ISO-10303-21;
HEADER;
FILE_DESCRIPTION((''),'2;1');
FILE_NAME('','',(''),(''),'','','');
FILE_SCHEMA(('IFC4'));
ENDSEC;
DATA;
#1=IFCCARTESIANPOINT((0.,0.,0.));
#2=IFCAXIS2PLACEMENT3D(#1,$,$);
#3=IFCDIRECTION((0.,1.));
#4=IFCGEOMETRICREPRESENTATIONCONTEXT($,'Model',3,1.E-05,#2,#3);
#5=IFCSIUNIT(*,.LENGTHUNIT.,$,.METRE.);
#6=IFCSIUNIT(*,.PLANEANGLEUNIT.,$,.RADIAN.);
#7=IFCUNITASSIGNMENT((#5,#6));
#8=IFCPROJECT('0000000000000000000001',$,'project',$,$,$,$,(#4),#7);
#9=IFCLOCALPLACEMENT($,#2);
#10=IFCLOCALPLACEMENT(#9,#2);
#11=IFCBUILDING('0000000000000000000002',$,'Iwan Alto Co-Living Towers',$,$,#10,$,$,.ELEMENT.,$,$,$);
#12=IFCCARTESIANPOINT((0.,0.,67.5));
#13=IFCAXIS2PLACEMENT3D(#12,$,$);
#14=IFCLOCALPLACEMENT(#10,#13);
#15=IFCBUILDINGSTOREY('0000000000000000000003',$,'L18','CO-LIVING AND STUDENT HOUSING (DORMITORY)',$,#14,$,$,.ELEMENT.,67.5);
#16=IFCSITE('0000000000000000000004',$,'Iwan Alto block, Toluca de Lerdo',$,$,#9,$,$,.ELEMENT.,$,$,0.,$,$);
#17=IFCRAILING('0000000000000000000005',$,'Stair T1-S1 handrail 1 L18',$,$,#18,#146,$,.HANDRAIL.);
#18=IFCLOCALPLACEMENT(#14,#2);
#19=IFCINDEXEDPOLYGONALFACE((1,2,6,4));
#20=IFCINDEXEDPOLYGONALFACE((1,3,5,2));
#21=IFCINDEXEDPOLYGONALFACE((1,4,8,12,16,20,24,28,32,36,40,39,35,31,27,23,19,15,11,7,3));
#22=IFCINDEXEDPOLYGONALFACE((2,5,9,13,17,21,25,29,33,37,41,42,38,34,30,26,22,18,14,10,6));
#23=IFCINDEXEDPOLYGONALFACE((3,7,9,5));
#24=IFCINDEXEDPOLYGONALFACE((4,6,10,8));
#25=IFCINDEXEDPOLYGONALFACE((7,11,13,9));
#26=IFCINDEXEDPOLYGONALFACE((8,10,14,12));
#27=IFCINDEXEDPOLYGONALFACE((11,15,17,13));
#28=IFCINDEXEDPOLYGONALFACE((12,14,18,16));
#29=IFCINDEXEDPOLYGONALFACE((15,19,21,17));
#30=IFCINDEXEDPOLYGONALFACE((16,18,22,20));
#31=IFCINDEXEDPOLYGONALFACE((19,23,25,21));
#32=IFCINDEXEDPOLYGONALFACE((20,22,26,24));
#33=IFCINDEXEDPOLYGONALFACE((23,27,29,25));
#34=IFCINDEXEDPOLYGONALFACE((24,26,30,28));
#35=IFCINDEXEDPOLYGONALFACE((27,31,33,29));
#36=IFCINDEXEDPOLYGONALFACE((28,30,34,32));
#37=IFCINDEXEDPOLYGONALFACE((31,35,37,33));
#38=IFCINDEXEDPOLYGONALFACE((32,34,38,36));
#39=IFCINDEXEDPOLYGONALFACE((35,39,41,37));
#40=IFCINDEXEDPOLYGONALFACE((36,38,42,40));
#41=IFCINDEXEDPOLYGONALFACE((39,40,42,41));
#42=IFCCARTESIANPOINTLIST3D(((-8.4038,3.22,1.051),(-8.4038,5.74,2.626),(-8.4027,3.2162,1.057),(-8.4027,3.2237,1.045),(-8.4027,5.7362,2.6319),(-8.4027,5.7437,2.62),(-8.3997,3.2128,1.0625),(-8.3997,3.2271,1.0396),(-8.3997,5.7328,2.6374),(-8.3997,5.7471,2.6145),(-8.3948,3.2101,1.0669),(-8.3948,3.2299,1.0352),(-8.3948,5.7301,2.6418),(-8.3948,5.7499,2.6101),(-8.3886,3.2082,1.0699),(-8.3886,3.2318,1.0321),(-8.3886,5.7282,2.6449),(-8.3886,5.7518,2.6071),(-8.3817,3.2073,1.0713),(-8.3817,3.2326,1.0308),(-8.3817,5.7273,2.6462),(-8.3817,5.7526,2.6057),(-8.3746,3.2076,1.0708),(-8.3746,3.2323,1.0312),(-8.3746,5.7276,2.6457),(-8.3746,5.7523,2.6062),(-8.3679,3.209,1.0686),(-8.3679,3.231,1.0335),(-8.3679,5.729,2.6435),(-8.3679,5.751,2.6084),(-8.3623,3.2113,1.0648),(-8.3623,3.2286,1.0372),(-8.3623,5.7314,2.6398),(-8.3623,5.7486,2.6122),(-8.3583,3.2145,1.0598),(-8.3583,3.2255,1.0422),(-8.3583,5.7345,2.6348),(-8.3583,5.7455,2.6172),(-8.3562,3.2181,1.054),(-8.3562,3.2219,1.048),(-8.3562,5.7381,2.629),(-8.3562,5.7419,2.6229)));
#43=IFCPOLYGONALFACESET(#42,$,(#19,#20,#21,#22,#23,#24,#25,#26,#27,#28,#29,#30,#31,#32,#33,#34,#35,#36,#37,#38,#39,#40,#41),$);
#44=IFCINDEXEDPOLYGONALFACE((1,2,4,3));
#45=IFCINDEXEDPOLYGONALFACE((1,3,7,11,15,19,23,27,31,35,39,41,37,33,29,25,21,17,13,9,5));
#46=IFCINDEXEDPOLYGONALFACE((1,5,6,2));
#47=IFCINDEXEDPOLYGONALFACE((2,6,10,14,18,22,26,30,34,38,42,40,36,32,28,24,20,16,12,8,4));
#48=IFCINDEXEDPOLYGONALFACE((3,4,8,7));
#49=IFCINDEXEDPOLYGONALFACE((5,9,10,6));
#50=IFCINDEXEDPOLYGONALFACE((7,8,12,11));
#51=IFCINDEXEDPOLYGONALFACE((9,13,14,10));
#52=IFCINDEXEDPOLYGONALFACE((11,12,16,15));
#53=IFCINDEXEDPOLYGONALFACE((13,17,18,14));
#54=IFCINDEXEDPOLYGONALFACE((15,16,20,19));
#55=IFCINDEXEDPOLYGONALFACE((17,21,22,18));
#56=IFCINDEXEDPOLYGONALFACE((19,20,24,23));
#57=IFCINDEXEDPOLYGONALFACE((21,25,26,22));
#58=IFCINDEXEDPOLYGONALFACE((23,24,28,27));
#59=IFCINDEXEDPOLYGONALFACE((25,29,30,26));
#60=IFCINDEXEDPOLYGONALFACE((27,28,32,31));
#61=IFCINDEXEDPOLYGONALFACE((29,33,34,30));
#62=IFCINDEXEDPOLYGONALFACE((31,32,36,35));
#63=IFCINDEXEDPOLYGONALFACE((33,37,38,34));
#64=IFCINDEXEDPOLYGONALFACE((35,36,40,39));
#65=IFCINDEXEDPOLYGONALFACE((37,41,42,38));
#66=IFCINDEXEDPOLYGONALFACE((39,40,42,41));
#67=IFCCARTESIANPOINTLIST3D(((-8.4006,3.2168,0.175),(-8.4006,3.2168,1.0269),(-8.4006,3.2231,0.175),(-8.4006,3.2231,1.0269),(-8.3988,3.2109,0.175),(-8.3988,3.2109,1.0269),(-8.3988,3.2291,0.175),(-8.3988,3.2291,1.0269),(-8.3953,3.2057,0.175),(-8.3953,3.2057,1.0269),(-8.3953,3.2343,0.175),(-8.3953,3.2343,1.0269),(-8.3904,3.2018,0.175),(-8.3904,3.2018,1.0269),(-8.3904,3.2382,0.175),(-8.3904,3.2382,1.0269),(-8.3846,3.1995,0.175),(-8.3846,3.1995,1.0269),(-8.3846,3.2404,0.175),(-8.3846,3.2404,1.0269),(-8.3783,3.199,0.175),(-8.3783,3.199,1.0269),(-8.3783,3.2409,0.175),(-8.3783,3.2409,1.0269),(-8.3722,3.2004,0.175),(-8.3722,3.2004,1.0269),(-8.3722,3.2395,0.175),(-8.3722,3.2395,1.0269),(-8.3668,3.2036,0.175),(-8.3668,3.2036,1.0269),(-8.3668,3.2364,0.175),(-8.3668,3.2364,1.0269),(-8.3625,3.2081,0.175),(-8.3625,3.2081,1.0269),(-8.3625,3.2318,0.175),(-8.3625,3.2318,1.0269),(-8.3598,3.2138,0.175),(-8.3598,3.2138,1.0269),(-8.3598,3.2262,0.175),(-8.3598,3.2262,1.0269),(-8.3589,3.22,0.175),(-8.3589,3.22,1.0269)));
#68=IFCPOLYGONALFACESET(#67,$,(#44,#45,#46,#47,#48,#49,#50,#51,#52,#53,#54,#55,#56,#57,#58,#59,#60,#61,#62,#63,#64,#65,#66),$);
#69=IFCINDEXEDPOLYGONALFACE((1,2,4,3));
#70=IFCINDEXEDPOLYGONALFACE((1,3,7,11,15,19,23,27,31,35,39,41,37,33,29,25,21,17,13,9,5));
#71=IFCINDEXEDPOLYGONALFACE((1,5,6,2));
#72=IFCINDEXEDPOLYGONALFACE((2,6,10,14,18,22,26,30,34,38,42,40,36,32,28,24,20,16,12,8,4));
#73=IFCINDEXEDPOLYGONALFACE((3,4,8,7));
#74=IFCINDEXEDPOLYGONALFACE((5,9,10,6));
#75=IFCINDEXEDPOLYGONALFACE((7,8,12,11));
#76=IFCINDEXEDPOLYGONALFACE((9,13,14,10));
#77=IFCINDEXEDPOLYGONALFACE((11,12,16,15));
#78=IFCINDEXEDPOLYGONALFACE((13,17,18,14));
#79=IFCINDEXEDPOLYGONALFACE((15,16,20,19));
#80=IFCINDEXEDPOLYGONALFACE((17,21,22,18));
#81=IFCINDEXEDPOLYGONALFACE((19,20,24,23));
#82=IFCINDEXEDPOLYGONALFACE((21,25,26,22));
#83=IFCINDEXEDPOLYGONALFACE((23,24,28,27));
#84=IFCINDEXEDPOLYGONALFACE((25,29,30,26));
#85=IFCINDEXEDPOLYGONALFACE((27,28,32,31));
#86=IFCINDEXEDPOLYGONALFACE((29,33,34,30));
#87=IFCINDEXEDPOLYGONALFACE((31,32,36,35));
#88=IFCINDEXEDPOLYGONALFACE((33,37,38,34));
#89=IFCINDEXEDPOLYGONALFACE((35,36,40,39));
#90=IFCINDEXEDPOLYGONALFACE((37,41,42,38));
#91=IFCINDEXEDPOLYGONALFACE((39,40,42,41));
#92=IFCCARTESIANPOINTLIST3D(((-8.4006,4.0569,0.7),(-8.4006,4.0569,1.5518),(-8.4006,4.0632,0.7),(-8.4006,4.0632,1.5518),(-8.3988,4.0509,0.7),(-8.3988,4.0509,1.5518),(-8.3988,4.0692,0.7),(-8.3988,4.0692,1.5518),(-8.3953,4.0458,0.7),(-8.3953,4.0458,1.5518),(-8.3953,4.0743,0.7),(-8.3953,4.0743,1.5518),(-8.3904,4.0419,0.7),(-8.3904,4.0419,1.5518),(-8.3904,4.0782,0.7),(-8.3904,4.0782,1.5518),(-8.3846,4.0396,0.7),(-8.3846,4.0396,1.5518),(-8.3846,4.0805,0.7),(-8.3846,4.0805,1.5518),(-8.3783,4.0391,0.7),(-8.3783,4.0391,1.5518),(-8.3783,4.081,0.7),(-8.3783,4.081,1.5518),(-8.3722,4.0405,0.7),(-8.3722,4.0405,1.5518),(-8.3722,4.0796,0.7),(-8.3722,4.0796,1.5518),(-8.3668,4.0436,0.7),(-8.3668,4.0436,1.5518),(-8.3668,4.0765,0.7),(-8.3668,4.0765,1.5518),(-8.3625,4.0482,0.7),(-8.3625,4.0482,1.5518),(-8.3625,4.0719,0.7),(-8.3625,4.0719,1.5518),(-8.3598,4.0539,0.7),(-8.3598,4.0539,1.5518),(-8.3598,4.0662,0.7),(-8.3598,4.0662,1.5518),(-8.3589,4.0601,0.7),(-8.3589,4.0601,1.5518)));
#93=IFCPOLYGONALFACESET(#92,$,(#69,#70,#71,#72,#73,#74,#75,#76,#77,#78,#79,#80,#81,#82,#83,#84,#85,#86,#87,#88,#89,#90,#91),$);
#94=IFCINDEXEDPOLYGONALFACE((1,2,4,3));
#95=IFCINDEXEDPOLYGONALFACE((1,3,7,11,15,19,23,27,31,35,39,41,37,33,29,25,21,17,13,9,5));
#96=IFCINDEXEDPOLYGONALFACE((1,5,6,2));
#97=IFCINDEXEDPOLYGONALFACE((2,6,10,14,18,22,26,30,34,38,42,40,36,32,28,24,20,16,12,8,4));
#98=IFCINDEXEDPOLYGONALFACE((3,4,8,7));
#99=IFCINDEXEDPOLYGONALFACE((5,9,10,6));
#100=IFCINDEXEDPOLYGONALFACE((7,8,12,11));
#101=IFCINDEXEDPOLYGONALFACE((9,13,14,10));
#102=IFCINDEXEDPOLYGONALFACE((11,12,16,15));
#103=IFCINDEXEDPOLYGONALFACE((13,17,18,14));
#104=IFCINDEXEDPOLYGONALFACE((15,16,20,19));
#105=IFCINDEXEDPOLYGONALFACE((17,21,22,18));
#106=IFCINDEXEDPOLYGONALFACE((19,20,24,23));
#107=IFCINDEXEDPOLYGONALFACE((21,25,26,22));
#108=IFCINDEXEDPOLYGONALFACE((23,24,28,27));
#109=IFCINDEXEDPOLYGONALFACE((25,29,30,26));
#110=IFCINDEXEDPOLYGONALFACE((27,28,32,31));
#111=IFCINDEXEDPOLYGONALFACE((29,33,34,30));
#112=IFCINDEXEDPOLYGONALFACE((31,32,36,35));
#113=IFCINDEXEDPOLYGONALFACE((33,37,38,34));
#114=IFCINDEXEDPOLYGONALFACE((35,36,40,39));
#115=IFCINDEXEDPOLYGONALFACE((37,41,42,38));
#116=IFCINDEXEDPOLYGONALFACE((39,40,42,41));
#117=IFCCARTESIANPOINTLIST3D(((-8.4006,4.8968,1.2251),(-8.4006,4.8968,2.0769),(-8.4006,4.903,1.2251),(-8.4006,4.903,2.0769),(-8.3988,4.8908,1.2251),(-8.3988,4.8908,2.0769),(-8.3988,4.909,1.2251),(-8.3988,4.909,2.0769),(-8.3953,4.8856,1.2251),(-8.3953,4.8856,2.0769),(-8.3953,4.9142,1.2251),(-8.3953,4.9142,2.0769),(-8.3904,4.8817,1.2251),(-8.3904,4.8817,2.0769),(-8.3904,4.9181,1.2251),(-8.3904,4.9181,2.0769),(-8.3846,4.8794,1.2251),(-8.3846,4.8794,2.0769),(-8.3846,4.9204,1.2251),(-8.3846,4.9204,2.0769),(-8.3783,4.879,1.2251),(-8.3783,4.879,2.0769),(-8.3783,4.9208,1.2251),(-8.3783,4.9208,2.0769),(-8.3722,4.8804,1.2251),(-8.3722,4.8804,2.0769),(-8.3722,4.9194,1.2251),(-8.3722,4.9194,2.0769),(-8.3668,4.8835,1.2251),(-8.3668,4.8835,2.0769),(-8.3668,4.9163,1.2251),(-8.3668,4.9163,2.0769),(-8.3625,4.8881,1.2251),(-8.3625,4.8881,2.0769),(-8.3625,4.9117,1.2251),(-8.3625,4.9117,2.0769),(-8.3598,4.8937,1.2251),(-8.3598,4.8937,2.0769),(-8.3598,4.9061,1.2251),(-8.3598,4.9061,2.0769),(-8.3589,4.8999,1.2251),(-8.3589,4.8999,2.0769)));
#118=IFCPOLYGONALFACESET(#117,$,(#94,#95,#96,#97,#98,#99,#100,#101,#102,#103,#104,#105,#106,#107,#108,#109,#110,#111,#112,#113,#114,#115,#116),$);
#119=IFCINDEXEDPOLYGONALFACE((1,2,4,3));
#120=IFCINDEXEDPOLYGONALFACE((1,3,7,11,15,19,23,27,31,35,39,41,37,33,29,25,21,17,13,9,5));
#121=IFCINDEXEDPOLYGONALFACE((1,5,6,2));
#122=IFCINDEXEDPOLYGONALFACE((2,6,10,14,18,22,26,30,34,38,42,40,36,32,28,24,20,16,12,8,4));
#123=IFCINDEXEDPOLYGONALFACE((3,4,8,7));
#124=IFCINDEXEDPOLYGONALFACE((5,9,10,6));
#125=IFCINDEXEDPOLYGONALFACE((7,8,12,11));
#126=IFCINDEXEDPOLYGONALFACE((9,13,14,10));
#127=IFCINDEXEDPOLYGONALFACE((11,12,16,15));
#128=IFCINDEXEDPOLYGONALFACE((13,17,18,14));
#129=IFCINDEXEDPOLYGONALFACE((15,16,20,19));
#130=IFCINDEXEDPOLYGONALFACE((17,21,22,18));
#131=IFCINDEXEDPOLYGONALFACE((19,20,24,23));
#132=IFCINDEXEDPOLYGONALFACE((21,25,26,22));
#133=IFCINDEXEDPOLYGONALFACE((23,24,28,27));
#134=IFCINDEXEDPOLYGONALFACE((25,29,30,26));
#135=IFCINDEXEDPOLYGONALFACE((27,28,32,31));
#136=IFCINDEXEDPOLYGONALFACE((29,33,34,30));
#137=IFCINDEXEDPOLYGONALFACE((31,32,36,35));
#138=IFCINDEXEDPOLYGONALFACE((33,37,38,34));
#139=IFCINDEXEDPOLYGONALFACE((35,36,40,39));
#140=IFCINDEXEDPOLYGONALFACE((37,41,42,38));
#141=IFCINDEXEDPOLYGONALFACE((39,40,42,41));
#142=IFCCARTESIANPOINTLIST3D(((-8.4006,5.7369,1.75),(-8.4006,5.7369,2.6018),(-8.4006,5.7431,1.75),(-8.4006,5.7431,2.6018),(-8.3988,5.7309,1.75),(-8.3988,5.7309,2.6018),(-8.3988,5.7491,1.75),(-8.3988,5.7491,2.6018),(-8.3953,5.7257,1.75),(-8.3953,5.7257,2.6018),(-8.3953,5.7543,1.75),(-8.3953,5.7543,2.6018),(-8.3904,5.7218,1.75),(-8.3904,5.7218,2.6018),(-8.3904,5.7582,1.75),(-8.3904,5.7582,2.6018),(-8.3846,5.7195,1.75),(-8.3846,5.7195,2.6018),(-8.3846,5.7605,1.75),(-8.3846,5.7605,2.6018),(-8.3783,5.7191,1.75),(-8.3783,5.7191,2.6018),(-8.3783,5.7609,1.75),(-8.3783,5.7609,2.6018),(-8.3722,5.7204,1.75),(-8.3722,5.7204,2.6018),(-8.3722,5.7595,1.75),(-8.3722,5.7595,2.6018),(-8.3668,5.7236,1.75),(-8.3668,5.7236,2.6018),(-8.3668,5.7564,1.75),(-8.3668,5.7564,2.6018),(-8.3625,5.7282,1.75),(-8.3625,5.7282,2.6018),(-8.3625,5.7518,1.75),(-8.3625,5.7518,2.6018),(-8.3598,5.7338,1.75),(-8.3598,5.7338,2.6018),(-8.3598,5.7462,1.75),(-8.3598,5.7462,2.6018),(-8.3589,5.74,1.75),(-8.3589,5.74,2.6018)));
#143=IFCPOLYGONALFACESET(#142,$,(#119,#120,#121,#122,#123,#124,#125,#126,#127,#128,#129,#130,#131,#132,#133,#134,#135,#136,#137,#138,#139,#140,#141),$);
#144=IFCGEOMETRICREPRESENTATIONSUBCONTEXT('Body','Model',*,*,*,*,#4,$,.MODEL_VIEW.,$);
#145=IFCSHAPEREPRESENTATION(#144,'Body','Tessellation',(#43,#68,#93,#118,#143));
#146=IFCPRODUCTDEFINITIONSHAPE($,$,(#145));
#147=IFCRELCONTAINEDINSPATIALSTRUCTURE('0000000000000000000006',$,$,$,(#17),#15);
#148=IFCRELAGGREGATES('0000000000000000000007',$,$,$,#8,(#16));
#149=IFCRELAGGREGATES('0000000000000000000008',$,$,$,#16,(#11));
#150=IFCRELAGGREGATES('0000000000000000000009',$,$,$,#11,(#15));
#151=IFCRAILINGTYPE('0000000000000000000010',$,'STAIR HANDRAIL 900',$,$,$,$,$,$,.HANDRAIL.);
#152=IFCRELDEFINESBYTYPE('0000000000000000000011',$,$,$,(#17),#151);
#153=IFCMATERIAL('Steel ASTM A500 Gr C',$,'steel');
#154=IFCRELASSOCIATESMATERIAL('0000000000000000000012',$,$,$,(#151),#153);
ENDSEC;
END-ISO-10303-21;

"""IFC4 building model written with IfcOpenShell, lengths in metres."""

from ifc_helpers import new_model, si_unit, direction, frame, origin, origin_2d, place, context, subcontext, project, spatial, circle, extrude, material, type_object, element, save


model = new_model("IFC4")

# Units and contexts
model_context = context("Model", 3, precision=1e-05, world=origin(), true_north=direction((0.0, 1.0)))
body_context = subcontext(model_context, "Body", "Model", "MODEL_VIEW")
ifc_project = project(units=[si_unit("LENGTHUNIT", "METRE"), si_unit("PLANEANGLEUNIT", "RADIAN")], contexts=[model_context])

# Site, building, storey
site_placement = place(None, origin())
site = spatial("IfcSite", under=ifc_project, at=site_placement, Name="Iwan Alto block, Toluca de Lerdo", CompositionType="ELEMENT", RefElevation=0.0)
building_placement = place(site_placement, origin())
building = spatial("IfcBuilding", under=site, at=building_placement, Name="Iwan Alto Co-Living Towers", CompositionType="ELEMENT")
storey_placement = place(building_placement, frame((0.0, 0.0, 67.5)))
storey = spatial("IfcBuildingStorey", under=building, at=storey_placement, Name="L18", Description="CO-LIVING AND STUDENT HOUSING (DORMITORY)", CompositionType="ELEMENT", Elevation=67.5)

# Railing
ifc_material_1 = material(Name="Steel ASTM A500 Gr C", Category="steel")
railing_type_1 = type_object("IfcRailingType", Name="STAIR HANDRAIL 900", PredefinedType="HANDRAIL", material=ifc_material_1)
railing_1_placement = place(storey_placement, frame((-8.3799, 3.22, 0.175)))
element("IfcRailing", 1, at=railing_1_placement, inside=storey, type_object=railing_type_1, Name="Stair T1-S1 handrail 1 L18", PredefinedType="HANDRAIL", context=body_context, shape_type="SweptSolid", body=[
    extrude(circle(Radius=0.0239, at=origin_2d()), frame((0.0, 0.0, 0.876), z_axis=(0.0, 0.848008, 0.529984), x_axis=(-1.0, 0.0, 0.0)), (0.0, 0.0, 1.0), 2.9717),
    extrude(circle(Radius=0.021, at=origin_2d()), origin(), (0.0, 0.0, 1.0), 0.8518),
    extrude(circle(Radius=0.021, at=origin_2d()), frame((0.0, 0.8401, 0.5249)), (0.0, 0.0, 1.0), 0.8518),
    extrude(circle(Radius=0.021, at=origin_2d()), frame((0.0, 1.6799, 1.05)), (0.0, 0.0, 1.0), 0.8518),
    extrude(circle(Radius=0.021, at=origin_2d()), frame((0.0, 2.52, 1.575)), (0.0, 0.0, 1.0), 0.8518),
])

save(model, "model.ifc")
